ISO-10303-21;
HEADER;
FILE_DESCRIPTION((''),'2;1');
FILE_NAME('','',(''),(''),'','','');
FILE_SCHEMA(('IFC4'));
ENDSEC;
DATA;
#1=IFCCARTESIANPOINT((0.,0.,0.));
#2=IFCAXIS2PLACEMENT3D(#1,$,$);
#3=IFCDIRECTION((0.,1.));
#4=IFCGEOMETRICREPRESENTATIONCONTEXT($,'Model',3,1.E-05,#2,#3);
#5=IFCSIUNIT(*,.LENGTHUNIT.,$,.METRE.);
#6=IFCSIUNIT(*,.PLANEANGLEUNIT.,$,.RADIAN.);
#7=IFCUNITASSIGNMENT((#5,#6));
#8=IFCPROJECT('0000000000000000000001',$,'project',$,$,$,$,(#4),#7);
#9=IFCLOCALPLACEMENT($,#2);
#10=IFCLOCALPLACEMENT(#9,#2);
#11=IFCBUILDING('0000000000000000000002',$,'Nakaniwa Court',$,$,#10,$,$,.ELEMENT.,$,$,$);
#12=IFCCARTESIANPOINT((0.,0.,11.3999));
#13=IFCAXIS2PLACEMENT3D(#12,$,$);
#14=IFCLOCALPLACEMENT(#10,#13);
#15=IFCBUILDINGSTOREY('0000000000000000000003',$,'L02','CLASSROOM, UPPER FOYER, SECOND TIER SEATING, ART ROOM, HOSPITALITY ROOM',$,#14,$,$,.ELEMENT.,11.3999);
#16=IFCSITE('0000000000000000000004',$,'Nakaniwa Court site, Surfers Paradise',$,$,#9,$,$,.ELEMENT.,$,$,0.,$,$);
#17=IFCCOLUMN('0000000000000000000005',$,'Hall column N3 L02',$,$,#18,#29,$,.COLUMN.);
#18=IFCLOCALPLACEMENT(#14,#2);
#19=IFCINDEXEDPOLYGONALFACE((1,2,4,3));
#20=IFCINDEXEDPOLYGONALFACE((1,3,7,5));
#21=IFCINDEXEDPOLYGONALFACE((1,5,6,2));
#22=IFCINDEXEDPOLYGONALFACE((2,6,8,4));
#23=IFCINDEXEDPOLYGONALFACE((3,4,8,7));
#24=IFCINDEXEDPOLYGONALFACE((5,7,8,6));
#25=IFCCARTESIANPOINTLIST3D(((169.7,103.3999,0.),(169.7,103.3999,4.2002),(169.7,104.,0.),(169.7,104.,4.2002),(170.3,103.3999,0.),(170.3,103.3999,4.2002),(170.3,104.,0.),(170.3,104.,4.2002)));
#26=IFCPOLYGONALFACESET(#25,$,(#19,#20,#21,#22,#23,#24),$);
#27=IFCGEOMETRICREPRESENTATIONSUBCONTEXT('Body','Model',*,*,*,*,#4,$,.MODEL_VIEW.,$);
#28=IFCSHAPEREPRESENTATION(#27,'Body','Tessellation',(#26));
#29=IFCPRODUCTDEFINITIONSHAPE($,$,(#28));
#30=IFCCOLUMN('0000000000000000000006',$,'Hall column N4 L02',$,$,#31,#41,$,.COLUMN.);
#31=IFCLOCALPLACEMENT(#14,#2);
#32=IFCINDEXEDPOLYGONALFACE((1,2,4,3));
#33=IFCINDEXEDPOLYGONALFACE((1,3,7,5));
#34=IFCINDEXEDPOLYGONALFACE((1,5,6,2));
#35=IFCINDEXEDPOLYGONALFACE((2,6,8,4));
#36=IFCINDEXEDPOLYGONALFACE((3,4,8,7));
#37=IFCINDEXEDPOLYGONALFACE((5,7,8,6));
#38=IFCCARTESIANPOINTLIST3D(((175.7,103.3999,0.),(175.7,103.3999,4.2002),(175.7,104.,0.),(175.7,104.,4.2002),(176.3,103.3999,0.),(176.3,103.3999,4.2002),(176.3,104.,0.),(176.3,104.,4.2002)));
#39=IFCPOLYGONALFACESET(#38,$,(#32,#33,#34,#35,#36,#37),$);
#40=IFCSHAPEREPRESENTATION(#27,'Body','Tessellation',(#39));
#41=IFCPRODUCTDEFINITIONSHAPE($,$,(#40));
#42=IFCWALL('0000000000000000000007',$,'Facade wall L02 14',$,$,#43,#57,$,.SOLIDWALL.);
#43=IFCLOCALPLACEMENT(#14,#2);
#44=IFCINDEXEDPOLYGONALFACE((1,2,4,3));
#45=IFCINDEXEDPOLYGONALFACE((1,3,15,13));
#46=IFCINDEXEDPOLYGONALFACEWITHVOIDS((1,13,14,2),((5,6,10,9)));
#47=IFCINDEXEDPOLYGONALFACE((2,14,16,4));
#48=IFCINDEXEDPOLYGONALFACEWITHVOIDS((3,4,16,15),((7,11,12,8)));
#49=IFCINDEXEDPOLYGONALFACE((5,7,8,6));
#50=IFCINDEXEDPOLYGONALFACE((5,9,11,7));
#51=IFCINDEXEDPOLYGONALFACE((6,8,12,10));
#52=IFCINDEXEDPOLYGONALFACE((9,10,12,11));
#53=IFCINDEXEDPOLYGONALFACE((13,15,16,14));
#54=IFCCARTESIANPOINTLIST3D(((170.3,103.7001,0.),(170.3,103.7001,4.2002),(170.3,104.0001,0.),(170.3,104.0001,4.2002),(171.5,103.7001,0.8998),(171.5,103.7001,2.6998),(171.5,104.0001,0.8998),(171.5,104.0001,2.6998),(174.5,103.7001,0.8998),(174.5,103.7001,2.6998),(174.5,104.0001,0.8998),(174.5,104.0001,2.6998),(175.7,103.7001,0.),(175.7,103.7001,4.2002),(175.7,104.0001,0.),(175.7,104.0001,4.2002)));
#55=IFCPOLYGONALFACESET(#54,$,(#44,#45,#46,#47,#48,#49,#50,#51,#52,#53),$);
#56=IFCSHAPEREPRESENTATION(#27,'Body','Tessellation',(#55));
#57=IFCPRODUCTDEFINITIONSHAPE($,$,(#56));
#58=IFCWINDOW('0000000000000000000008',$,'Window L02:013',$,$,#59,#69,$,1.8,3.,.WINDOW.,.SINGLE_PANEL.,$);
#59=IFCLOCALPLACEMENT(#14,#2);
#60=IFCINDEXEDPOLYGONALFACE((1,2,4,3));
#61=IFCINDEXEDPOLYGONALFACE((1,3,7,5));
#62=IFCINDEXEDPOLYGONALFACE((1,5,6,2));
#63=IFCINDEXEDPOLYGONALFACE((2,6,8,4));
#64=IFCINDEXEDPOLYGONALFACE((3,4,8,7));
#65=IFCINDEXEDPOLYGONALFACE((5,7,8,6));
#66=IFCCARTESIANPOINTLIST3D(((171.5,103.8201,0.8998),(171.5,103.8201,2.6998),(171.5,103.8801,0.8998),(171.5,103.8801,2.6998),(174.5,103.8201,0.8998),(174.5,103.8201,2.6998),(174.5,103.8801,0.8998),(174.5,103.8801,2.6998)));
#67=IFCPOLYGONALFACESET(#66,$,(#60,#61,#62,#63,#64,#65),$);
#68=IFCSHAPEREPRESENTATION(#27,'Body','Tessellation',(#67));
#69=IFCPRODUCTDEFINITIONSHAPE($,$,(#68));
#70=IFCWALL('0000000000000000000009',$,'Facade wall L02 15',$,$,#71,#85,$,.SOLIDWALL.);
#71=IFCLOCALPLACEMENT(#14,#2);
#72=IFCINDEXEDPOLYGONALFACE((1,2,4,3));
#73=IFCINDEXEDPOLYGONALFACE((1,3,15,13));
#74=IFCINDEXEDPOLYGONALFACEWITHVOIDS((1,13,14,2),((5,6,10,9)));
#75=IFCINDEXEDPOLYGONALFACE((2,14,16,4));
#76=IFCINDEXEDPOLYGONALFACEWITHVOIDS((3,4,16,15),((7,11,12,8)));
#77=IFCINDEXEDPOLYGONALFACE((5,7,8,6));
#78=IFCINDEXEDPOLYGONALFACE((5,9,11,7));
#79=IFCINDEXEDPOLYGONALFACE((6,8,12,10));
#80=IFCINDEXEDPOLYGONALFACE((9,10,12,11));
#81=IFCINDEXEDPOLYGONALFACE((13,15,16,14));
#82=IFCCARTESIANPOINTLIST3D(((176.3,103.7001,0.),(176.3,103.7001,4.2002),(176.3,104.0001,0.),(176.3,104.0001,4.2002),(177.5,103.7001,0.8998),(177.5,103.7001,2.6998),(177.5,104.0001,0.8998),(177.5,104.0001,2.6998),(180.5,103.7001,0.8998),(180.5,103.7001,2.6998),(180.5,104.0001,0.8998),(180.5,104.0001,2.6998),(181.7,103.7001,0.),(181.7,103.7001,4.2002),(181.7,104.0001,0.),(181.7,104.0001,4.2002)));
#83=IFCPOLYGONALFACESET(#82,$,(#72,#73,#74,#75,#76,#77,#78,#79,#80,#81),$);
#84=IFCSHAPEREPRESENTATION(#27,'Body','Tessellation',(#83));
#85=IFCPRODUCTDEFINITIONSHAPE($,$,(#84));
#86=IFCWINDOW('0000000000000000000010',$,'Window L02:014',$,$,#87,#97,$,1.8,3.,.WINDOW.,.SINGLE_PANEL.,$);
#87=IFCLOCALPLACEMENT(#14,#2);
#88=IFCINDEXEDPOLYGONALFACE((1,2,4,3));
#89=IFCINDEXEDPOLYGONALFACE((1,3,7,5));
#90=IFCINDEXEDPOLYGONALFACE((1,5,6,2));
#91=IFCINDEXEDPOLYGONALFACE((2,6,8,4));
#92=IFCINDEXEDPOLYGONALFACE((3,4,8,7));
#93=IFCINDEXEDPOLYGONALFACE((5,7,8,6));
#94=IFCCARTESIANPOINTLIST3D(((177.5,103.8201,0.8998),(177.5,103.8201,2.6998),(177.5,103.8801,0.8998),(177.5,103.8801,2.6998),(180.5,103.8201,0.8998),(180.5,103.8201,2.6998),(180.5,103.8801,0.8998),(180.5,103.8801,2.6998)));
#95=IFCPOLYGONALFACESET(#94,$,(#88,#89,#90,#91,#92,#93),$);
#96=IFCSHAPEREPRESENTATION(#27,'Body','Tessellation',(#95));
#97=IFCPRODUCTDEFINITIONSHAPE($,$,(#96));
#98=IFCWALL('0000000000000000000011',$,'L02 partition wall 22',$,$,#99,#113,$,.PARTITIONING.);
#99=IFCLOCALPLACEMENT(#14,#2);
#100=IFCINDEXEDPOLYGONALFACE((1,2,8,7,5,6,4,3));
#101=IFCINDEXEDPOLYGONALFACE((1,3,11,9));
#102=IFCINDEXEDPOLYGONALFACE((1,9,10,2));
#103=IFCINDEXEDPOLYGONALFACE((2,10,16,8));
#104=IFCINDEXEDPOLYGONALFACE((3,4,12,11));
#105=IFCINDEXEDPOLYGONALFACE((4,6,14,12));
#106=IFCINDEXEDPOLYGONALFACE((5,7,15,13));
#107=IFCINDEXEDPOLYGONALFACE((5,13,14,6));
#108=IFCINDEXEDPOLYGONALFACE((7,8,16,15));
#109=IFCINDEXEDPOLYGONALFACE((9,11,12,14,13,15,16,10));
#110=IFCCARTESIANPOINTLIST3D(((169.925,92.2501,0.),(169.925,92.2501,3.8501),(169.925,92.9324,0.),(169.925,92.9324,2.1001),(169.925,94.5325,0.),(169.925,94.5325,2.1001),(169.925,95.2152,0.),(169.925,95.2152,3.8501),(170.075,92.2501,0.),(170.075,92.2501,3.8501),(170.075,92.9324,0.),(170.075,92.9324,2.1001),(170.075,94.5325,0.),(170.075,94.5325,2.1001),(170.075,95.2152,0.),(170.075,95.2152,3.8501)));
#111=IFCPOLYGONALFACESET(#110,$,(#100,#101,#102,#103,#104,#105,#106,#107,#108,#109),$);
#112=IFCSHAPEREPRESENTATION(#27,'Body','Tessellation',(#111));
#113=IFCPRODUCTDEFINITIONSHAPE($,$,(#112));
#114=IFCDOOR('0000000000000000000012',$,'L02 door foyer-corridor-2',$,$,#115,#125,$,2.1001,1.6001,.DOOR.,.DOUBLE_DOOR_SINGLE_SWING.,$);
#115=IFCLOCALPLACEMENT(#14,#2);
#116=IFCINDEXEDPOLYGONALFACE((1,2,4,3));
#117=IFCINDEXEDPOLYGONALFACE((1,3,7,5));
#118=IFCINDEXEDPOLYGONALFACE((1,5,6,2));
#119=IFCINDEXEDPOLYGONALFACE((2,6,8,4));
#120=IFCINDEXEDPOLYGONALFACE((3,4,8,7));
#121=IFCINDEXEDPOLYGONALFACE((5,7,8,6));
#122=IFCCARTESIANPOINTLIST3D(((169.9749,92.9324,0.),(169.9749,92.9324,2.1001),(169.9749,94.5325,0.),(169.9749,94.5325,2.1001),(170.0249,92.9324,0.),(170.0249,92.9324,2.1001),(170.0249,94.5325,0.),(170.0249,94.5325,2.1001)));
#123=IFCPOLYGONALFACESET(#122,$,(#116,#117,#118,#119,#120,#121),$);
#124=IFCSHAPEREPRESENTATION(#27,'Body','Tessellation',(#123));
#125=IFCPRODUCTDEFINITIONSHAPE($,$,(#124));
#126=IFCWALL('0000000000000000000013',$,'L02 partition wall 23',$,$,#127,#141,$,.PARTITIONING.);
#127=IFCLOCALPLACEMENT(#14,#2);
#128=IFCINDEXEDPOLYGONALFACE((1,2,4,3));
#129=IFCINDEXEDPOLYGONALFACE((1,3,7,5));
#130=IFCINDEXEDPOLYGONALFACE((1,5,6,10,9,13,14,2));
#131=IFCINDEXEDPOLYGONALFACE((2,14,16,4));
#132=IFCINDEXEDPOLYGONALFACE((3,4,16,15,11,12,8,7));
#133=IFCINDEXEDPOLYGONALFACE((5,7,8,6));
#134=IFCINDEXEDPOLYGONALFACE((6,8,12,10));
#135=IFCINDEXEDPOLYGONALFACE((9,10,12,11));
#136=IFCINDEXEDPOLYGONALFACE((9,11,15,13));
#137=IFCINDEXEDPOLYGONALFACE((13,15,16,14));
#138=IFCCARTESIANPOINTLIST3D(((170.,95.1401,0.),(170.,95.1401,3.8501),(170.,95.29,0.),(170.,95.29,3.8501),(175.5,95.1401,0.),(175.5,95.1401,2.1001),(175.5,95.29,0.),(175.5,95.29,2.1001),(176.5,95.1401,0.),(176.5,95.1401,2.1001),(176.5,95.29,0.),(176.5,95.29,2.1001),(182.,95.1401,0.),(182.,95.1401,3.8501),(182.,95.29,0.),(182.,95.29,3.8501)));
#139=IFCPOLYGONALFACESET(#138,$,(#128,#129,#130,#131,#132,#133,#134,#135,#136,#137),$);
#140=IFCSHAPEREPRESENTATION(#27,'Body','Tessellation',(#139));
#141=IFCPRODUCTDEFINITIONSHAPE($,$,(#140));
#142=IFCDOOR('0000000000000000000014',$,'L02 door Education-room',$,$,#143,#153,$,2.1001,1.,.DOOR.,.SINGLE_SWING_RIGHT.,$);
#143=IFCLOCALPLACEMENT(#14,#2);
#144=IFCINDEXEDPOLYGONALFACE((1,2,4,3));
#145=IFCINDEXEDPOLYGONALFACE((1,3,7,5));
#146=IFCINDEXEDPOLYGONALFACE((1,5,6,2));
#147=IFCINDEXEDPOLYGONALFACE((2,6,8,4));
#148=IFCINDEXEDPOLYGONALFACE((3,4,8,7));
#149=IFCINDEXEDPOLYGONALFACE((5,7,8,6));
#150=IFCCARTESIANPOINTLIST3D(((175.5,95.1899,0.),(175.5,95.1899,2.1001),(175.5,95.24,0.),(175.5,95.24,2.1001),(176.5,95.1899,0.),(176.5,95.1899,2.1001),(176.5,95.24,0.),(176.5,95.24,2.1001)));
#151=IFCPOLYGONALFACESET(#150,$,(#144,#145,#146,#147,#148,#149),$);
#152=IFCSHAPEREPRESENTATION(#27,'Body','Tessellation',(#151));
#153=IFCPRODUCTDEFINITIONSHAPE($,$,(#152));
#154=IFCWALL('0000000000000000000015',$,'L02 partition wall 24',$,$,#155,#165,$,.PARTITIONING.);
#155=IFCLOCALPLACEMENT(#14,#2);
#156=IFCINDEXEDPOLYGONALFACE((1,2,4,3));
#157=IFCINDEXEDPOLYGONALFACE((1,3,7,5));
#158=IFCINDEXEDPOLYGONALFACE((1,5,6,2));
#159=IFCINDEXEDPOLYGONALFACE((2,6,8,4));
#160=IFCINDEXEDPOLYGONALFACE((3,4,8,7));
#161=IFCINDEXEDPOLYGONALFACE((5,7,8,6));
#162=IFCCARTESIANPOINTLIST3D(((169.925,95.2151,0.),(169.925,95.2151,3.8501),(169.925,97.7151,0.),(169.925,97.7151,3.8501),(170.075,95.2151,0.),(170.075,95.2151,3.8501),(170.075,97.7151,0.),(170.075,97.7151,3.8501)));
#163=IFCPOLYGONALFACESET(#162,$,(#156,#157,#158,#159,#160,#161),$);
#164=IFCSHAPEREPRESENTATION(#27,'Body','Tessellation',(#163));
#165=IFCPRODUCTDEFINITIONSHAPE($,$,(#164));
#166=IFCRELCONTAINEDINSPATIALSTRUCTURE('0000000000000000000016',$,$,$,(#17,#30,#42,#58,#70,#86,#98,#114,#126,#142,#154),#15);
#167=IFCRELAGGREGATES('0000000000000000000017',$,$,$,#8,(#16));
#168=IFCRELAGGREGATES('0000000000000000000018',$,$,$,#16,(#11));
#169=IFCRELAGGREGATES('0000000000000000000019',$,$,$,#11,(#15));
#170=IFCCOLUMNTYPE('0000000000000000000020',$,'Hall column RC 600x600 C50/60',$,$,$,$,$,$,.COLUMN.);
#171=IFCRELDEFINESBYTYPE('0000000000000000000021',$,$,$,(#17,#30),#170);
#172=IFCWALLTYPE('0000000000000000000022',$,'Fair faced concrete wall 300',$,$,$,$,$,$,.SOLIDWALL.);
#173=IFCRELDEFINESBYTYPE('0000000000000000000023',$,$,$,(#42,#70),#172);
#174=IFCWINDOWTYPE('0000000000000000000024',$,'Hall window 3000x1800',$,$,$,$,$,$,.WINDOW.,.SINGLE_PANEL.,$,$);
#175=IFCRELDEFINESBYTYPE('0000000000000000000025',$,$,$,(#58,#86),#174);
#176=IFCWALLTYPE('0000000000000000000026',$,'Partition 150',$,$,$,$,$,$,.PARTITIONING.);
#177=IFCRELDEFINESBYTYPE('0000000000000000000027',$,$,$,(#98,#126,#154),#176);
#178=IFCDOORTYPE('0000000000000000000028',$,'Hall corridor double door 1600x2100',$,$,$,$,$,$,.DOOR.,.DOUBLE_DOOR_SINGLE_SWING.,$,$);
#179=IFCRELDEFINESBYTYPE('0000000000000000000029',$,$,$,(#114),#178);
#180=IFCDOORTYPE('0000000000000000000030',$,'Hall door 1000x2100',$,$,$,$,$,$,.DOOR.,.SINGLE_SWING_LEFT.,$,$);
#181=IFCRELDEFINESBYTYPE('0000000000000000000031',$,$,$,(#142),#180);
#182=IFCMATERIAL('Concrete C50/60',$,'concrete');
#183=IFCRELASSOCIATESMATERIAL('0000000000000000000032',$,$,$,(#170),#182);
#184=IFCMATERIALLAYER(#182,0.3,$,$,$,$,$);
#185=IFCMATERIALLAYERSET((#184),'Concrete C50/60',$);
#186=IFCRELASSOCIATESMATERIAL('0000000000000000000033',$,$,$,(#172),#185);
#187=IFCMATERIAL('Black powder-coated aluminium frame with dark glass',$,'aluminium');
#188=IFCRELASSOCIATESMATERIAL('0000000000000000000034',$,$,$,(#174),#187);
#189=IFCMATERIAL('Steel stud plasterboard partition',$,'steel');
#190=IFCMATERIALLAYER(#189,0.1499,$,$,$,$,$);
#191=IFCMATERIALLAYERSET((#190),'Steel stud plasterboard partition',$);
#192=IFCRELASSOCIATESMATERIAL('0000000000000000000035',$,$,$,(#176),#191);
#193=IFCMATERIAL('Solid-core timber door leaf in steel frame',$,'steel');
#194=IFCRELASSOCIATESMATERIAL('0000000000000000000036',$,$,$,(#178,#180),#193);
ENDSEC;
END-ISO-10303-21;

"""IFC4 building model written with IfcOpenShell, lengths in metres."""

from ifc_helpers import new_model, si_unit, direction, frame, frame_2d, origin, origin_2d, place, context, subcontext, project, spatial, rectangle, extrude, material, layer, layer_set, material_profile, profile_set, type_object, element, fill, save


model = new_model("IFC4")

# Units and contexts
model_context = context("Model", 3, precision=1e-05, world=origin(), true_north=direction((0.0, 1.0)))
body_context = subcontext(model_context, "Body", "Model", "MODEL_VIEW")
ifc_project = project(units=[si_unit("LENGTHUNIT", "METRE"), si_unit("PLANEANGLEUNIT", "RADIAN")], contexts=[model_context])

# Site, building, storey
site_placement = place(None, origin())
site = spatial("IfcSite", under=ifc_project, at=site_placement, Name="Nakaniwa Court site, Surfers Paradise", CompositionType="ELEMENT", RefElevation=0.0)
building_placement = place(site_placement, origin())
building = spatial("IfcBuilding", under=site, at=building_placement, Name="Nakaniwa Court", CompositionType="ELEMENT")
storey_placement = place(building_placement, frame((0.0, 0.0, 11.3999)))
storey = spatial("IfcBuildingStorey", under=building, at=storey_placement, Name="L02", Description="CLASSROOM, UPPER FOYER, SECOND TIER SEATING, ART ROOM, HOSPITALITY ROOM", CompositionType="ELEMENT", Elevation=11.3999)

# Columns
ifc_material_1 = material(Name="Concrete C50/60", Category="concrete")
ifc_material_profile_1 = material_profile(ifc_material_1, rectangle(XDim=0.6001, YDim=0.6001, at=origin_2d()), Name="RC 600x600")
ifc_profile_set_1 = profile_set([ifc_material_profile_1], Name="Concrete C50/60")
column_type = type_object("IfcColumnType", Name="Hall column RC 600x600 C50/60", PredefinedType="COLUMN", material=ifc_profile_set_1)
for number, where, z_axis, x_axis, name in (
    (1, (170.0, 103.7, 0.0), (0.0, 0.0, 1.0), (1.0, 0.0, 0.0), "Hall column N3 L02"),
    (2, (176.0, 103.7, 0.0), (0.0, 0.0, 1.0), (1.0, 0.0, 0.0), "Hall column N4 L02"),
):
    element("IfcColumn", number, at=place(storey_placement, frame(where, z_axis=z_axis, x_axis=x_axis)), inside=storey, type_object=column_type, Name=name, PredefinedType="COLUMN", context=body_context, shape_type="SweptSolid", body=[
        extrude(rectangle(XDim=0.6001, YDim=0.6001, at=origin_2d()), origin(), (0.0, 0.0, 1.0), 4.2002),
    ])

# Walls, openings, windows
ifc_layer_1 = layer(ifc_material_1, 0.3)
ifc_layer_set_1 = layer_set([ifc_layer_1], Name="Concrete C50/60")
wall_type_1 = type_object("IfcWallType", Name="Fair faced concrete wall 300", PredefinedType="SOLIDWALL", material=ifc_layer_set_1)
wall_1_placement = place(storey_placement, frame((170.3, 103.8501, 0.0), z_axis=(0.0, 0.0, 1.0), x_axis=(1.0, 0.0, 0.0)))
wall_1 = element("IfcWall", 3, at=wall_1_placement, inside=storey, type_object=wall_type_1, Name="Facade wall L02 14", PredefinedType="SOLIDWALL", context=body_context, shape_type="SweptSolid", body=[
    extrude(rectangle(XDim=5.3999, YDim=0.3, at=frame_2d((2.7, 0.0))), origin(), (0.0, 0.0, 1.0), 4.2002),
])
opening_1_placement = place(wall_1_placement, frame((1.2, 0.0, 0.8999)))
opening_1 = element("IfcOpeningElement", 4, at=opening_1_placement, cuts=wall_1, PredefinedType="OPENING", context=body_context, shape_type="SweptSolid", body=[
    extrude(rectangle(XDim=3.0, YDim=1.8, at=frame_2d((1.5, 0.8999))), frame((0.0, 0.1599, 0.0), z_axis=(0.0, -1.0, 0.0), x_axis=(1.0, 0.0, 0.0)), (0.0, 0.0, 1.0), 0.3201),
])
ifc_material_2 = material(Name="Black powder-coated aluminium frame with dark glass", Category="aluminium")
window_type = type_object("IfcWindowType", Name="Hall window 3000x1800", PartitioningType="SINGLE_PANEL", PredefinedType="WINDOW", material=ifc_material_2)
window_1_placement = place(opening_1_placement, origin())
window_1 = element("IfcWindow", 5, at=window_1_placement, inside=storey, type_object=window_type, Name="Window L02:013", OverallHeight=1.8, OverallWidth=3.0, PartitioningType="SINGLE_PANEL", PredefinedType="WINDOW", context=body_context, shape_type="SweptSolid", body=[
    extrude(rectangle(XDim=3.0, YDim=1.8, at=frame_2d((1.5, 0.8999))), frame((0.0, 0.03, 0.0), z_axis=(0.0, -1.0, 0.0), x_axis=(1.0, 0.0, 0.0)), (0.0, 0.0, 1.0), 0.0601),
])
fill(opening_1, window_1)
wall_2_placement = place(storey_placement, frame((176.3, 103.8501, 0.0), z_axis=(0.0, 0.0, 1.0), x_axis=(1.0, 0.0, 0.0)))
wall_2 = element("IfcWall", 6, at=wall_2_placement, inside=storey, type_object=wall_type_1, Name="Facade wall L02 15", PredefinedType="SOLIDWALL", context=body_context, shape_type="SweptSolid", body=[
    extrude(rectangle(XDim=5.3999, YDim=0.3, at=frame_2d((2.7, 0.0))), origin(), (0.0, 0.0, 1.0), 4.2002),
])
opening_2_placement = place(wall_2_placement, frame((1.2, 0.0, 0.8999)))
opening_2 = element("IfcOpeningElement", 7, at=opening_2_placement, cuts=wall_2, PredefinedType="OPENING", context=body_context, shape_type="SweptSolid", body=[
    extrude(rectangle(XDim=3.0, YDim=1.8, at=frame_2d((1.5, 0.8999))), frame((0.0, 0.1599, 0.0), z_axis=(0.0, -1.0, 0.0), x_axis=(1.0, 0.0, 0.0)), (0.0, 0.0, 1.0), 0.3201),
])
window_2_placement = place(opening_2_placement, origin())
window_2 = element("IfcWindow", 8, at=window_2_placement, inside=storey, type_object=window_type, Name="Window L02:014", OverallHeight=1.8, OverallWidth=3.0, PartitioningType="SINGLE_PANEL", PredefinedType="WINDOW", context=body_context, shape_type="SweptSolid", body=[
    extrude(rectangle(XDim=3.0, YDim=1.8, at=frame_2d((1.5, 0.8999))), frame((0.0, 0.03, 0.0), z_axis=(0.0, -1.0, 0.0), x_axis=(1.0, 0.0, 0.0)), (0.0, 0.0, 1.0), 0.0601),
])
fill(opening_2, window_2)

# Walls, openings, doors
ifc_material_3 = material(Name="Steel stud plasterboard partition", Category="steel")
ifc_layer_2 = layer(ifc_material_3, 0.1499)
ifc_layer_set_2 = layer_set([ifc_layer_2], Name="Steel stud plasterboard partition")
wall_type_2 = type_object("IfcWallType", Name="Partition 150", PredefinedType="PARTITIONING", material=ifc_layer_set_2)
wall_3_placement = place(storey_placement, frame((170.0, 95.2151, 0.0), z_axis=(0.0, 0.0, 1.0), x_axis=(0.0, -1.0, 0.0)))
wall_3 = element("IfcWall", 9, at=wall_3_placement, inside=storey, type_object=wall_type_2, Name="L02 partition wall 22", PredefinedType="PARTITIONING", context=body_context, shape_type="SweptSolid", body=[
    extrude(rectangle(XDim=2.9651, YDim=0.1499, at=frame_2d((1.4824, 0.0))), origin(), (0.0, 0.0, 1.0), 3.8501),
])
opening_3_placement = place(wall_3_placement, frame((0.6826, 0.0, 0.0)))
opening_3 = element("IfcOpeningElement", 10, at=opening_3_placement, cuts=wall_3, PredefinedType="OPENING", context=body_context, shape_type="SweptSolid", body=[
    extrude(rectangle(XDim=1.6001, YDim=2.1001, at=frame_2d((0.8, 1.05))), frame((0.0, 0.085, 0.0), z_axis=(0.0, -1.0, 0.0), x_axis=(1.0, 0.0, 0.0)), (0.0, 0.0, 1.0), 0.1699),
])
ifc_material_4 = material(Name="Solid-core timber door leaf in steel frame", Category="steel")
door_type_1 = type_object("IfcDoorType", Name="Hall corridor double door 1600x2100", OperationType="DOUBLE_DOOR_SINGLE_SWING", PredefinedType="DOOR", material=ifc_material_4)
door_1_placement = place(opening_3_placement, origin())
door_1 = element("IfcDoor", 11, at=door_1_placement, inside=storey, type_object=door_type_1, Name="L02 door foyer-corridor-2", OperationType="DOUBLE_DOOR_SINGLE_SWING", OverallHeight=2.1001, OverallWidth=1.6001, PredefinedType="DOOR", context=body_context, shape_type="SweptSolid", body=[
    extrude(rectangle(XDim=1.6001, YDim=2.1001, at=frame_2d((0.8, 1.05))), frame((0.0, 0.0249, 0.0), z_axis=(0.0, -1.0, 0.0), x_axis=(1.0, 0.0, 0.0)), (0.0, 0.0, 1.0), 0.05),
])
fill(opening_3, door_1)
wall_4_placement = place(storey_placement, frame((170.0, 95.2151, 0.0), z_axis=(0.0, 0.0, 1.0), x_axis=(1.0, 0.0, 0.0)))
wall_4 = element("IfcWall", 12, at=wall_4_placement, inside=storey, type_object=wall_type_2, Name="L02 partition wall 23", PredefinedType="PARTITIONING", context=body_context, shape_type="SweptSolid", body=[
    extrude(rectangle(XDim=12.0, YDim=0.1499, at=frame_2d((6.0, 0.0))), origin(), (0.0, 0.0, 1.0), 3.8501),
])
opening_4_placement = place(wall_4_placement, frame((5.5, 0.0, 0.0)))
opening_4 = element("IfcOpeningElement", 13, at=opening_4_placement, cuts=wall_4, PredefinedType="OPENING", context=body_context, shape_type="SweptSolid", body=[
    extrude(rectangle(XDim=1.0, YDim=2.1001, at=frame_2d((0.5, 1.05))), frame((0.0, 0.085, 0.0), z_axis=(0.0, -1.0, 0.0), x_axis=(1.0, 0.0, 0.0)), (0.0, 0.0, 1.0), 0.1699),
])
door_type_2 = type_object("IfcDoorType", Name="Hall door 1000x2100", OperationType="SINGLE_SWING_LEFT", PredefinedType="DOOR", material=ifc_material_4)
door_2_placement = place(opening_4_placement, origin())
door_2 = element("IfcDoor", 14, at=door_2_placement, inside=storey, type_object=door_type_2, Name="L02 door Education-room", OperationType="SINGLE_SWING_RIGHT", OverallHeight=2.1001, OverallWidth=1.0, PredefinedType="DOOR", context=body_context, shape_type="SweptSolid", body=[
    extrude(rectangle(XDim=1.0, YDim=2.1001, at=frame_2d((0.5, 1.05))), frame((0.0, 0.0249, 0.0), z_axis=(0.0, -1.0, 0.0), x_axis=(1.0, 0.0, 0.0)), (0.0, 0.0, 1.0), 0.05),
])
fill(opening_4, door_2)

# Wall
wall_5_placement = place(storey_placement, frame((170.0, 97.7151, 0.0), z_axis=(0.0, 0.0, 1.0), x_axis=(0.0, -1.0, 0.0)))
element("IfcWall", 15, at=wall_5_placement, inside=storey, type_object=wall_type_2, Name="L02 partition wall 24", PredefinedType="PARTITIONING", context=body_context, shape_type="SweptSolid", body=[
    extrude(rectangle(XDim=2.5, YDim=0.1499, at=frame_2d((1.25, 0.0))), origin(), (0.0, 0.0, 1.0), 3.8501),
])

save(model, "model.ifc")
